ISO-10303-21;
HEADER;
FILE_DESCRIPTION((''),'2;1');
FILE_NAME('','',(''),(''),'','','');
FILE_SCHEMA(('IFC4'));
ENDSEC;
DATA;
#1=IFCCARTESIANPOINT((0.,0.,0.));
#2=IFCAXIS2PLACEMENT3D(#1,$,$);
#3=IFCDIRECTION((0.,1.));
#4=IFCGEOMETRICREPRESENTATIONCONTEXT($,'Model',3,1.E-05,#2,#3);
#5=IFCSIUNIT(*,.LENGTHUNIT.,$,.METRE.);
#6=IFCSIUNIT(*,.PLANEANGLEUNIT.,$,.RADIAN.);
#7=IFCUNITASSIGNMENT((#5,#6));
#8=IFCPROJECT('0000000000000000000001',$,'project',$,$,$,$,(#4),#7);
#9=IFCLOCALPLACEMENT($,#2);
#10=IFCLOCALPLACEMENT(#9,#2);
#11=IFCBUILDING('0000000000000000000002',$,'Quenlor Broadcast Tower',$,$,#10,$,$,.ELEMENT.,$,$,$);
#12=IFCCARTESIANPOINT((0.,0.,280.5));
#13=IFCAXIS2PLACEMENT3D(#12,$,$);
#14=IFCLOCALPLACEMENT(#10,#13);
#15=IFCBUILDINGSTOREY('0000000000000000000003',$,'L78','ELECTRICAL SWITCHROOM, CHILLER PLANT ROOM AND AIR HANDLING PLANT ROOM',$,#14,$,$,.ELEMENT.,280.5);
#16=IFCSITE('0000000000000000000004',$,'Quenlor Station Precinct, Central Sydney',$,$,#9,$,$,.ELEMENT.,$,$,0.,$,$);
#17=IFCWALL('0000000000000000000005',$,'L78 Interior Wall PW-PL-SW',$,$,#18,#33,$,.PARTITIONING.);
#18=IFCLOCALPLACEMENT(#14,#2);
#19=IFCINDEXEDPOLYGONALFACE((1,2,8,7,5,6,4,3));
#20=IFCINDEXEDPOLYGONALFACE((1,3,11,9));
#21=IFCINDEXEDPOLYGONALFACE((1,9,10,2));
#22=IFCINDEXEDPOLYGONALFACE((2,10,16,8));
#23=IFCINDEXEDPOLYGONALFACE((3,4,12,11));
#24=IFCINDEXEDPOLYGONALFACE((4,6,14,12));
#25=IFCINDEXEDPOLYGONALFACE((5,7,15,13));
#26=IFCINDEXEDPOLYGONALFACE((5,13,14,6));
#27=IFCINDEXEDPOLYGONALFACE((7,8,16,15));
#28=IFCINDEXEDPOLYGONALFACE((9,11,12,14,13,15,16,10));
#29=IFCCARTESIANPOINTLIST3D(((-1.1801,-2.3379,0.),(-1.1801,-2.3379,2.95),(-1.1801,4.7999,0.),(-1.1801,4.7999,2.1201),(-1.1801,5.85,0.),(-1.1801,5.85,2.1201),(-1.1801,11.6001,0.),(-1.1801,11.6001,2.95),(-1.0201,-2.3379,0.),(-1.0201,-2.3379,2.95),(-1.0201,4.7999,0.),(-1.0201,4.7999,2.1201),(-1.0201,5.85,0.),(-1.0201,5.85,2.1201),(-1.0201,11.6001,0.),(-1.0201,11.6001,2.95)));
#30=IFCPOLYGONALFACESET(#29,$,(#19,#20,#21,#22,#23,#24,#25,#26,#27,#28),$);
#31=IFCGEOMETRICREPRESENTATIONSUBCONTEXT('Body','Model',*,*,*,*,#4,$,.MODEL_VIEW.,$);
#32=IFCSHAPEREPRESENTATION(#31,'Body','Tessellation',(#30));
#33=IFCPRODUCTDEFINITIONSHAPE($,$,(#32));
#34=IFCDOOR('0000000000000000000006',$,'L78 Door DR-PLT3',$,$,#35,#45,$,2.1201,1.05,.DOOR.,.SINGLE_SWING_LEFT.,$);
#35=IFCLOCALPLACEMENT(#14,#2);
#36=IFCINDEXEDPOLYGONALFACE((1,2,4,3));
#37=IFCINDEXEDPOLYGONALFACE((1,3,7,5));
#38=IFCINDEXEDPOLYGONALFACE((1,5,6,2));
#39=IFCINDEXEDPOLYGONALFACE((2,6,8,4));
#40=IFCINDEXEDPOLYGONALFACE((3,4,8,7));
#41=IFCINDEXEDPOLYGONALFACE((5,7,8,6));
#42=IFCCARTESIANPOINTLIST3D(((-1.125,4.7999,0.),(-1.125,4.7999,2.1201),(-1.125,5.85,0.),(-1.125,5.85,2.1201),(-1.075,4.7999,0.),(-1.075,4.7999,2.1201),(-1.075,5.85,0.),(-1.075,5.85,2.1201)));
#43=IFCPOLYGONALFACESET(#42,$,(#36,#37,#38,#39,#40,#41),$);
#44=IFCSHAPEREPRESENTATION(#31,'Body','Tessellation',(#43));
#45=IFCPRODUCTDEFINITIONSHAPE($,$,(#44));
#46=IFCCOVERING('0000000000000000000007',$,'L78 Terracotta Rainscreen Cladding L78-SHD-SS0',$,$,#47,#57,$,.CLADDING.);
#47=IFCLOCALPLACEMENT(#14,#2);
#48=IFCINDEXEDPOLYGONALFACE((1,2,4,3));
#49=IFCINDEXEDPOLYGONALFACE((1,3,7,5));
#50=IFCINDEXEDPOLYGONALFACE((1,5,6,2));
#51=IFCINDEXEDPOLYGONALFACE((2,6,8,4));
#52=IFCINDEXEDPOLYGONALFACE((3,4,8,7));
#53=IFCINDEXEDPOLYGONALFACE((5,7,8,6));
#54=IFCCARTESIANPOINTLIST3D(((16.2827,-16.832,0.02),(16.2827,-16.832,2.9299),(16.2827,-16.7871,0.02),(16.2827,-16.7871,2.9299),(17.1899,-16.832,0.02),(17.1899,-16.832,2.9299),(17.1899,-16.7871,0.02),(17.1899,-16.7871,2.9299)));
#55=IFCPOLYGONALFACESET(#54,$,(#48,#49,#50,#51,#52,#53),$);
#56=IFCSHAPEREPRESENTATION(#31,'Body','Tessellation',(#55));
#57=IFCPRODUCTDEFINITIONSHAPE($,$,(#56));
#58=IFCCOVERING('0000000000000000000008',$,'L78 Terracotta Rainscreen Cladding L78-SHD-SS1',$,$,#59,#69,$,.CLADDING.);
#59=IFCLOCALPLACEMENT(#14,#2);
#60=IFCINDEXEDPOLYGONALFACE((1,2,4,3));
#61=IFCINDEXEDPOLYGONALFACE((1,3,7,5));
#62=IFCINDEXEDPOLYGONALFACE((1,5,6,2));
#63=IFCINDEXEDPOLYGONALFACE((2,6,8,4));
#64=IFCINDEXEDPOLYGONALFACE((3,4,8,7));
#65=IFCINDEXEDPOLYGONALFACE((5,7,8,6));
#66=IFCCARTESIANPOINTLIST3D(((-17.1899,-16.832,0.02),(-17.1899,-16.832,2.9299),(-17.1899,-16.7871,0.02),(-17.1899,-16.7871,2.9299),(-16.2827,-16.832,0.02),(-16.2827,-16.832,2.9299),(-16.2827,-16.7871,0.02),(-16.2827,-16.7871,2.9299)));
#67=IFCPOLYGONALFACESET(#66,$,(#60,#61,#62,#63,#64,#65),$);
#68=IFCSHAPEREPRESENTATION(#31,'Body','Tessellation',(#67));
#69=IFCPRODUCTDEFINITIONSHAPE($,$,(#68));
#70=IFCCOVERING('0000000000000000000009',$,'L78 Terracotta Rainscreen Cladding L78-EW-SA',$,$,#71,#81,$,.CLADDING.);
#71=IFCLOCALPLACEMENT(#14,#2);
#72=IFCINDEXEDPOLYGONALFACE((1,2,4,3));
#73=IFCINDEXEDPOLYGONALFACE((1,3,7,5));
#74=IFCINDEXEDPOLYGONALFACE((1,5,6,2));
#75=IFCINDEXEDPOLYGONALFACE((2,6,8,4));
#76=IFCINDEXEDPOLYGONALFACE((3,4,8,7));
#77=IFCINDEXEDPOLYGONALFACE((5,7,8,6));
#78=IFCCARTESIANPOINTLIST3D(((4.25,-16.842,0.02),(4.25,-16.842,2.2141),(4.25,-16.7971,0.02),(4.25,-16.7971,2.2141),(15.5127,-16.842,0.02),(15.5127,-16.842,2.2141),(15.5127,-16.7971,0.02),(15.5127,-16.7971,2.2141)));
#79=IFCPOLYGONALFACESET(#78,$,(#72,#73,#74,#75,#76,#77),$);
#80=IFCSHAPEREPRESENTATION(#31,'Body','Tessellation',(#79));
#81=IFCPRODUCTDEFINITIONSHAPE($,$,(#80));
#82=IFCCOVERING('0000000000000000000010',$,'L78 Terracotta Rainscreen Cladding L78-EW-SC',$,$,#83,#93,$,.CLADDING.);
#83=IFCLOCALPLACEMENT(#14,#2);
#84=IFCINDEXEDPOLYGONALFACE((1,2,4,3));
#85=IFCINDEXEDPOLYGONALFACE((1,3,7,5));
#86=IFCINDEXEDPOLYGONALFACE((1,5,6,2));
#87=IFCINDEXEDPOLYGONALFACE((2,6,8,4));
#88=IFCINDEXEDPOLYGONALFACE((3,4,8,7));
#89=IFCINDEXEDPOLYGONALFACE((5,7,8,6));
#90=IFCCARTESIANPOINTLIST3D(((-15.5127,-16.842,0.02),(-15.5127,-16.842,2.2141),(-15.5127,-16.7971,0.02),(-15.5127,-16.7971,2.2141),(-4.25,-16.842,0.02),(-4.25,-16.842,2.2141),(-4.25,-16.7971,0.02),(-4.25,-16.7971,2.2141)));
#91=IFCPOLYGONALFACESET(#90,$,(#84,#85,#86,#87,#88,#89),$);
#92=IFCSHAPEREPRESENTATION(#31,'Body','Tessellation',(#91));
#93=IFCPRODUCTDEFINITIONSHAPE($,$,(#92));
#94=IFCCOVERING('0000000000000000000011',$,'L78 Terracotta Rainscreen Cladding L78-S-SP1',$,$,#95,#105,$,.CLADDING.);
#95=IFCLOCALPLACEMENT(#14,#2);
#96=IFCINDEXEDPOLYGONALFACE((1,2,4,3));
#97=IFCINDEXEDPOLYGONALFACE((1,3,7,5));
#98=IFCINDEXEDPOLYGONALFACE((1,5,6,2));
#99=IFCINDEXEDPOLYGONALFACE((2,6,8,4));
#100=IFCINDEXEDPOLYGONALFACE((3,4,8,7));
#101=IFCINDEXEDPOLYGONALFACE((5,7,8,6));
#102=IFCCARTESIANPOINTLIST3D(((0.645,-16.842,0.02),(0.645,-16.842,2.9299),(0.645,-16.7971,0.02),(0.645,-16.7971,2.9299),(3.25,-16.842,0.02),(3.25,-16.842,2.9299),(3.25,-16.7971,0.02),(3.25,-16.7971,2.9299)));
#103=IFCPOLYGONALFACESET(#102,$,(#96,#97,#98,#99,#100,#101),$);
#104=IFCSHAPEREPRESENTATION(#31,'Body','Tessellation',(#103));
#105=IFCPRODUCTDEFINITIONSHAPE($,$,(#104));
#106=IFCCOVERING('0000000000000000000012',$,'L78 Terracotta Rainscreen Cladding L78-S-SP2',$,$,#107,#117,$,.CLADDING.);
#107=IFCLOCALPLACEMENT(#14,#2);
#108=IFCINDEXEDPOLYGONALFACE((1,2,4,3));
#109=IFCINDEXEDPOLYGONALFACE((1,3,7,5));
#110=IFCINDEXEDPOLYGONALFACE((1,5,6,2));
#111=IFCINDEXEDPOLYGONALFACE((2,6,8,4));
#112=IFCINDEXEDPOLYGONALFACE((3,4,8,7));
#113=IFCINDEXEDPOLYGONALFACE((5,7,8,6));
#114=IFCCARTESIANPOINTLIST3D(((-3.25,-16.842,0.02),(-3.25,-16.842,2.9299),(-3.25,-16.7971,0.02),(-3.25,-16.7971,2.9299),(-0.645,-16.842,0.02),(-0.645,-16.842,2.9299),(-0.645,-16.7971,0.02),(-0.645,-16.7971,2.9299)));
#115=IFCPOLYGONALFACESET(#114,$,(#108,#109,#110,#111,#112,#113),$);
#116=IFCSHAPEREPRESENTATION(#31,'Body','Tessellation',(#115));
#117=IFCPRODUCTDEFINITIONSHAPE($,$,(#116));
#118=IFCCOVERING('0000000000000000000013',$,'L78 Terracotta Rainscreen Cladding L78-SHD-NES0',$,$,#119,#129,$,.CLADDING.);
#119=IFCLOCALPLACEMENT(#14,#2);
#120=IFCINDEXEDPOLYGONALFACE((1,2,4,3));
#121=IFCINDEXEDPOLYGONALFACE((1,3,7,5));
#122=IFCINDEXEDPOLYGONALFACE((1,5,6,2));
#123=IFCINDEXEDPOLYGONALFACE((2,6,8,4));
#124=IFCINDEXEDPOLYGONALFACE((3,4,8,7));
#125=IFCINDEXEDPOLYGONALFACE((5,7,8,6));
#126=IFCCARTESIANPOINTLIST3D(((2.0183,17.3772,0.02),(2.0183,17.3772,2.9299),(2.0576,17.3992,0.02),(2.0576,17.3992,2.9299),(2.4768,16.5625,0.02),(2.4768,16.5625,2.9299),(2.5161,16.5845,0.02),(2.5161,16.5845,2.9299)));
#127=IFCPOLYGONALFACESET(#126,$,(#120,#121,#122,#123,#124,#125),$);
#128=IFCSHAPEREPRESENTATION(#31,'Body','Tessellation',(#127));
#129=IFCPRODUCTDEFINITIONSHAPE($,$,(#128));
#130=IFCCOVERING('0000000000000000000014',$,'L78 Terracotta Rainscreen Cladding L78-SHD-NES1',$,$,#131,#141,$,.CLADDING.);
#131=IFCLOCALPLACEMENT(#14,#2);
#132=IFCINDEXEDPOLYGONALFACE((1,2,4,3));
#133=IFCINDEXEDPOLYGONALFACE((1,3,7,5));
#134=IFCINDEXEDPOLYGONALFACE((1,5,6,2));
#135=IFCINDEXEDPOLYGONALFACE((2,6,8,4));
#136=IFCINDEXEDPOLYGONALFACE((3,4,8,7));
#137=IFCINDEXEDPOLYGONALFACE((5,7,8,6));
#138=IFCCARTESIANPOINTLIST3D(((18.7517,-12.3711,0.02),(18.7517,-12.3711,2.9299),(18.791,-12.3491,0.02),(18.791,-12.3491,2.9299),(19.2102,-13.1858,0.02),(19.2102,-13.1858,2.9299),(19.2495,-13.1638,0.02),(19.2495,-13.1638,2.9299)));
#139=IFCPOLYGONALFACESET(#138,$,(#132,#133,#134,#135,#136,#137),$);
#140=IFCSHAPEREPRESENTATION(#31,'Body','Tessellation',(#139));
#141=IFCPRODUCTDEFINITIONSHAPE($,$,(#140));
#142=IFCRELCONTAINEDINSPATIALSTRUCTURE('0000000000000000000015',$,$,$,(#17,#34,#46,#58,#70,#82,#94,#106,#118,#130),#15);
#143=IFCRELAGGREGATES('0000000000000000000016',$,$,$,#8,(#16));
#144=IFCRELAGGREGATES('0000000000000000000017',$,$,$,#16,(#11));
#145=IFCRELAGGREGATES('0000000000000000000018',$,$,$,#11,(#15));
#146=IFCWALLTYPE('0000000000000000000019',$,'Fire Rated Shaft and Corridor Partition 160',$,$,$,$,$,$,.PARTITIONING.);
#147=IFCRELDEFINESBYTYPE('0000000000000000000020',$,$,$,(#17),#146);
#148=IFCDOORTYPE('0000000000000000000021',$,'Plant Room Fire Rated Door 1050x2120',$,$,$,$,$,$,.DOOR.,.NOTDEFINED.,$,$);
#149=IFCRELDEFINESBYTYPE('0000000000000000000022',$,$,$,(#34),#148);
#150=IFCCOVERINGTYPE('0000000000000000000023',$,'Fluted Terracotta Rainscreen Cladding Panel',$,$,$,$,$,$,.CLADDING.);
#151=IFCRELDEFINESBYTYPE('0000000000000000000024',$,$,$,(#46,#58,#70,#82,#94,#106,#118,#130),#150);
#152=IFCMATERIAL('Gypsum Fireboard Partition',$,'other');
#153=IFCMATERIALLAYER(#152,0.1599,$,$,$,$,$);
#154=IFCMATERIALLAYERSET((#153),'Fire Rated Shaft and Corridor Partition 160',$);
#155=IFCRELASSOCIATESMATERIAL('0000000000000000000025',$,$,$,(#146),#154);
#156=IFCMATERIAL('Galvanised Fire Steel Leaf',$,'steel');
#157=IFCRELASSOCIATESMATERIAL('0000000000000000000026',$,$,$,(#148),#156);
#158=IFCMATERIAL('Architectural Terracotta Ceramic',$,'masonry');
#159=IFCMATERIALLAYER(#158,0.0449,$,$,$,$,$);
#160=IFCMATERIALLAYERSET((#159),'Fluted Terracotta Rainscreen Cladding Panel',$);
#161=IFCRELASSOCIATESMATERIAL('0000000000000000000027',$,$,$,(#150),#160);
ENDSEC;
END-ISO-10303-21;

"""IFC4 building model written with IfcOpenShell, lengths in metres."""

from ifc_helpers import new_model, si_unit, direction, frame, frame_2d, origin, place, context, subcontext, project, spatial, polyline, rectangle, outline, extrude, material, layer, layer_set, type_object, element, fill, save


model = new_model("IFC4")

# Units and contexts
model_context = context("Model", 3, precision=1e-05, world=origin(), true_north=direction((0.0, 1.0)))
body_context = subcontext(model_context, "Body", "Model", "MODEL_VIEW")
ifc_project = project(units=[si_unit("LENGTHUNIT", "METRE"), si_unit("PLANEANGLEUNIT", "RADIAN")], contexts=[model_context])

# Site, building, storey
site_placement = place(None, origin())
site = spatial("IfcSite", under=ifc_project, at=site_placement, Name="Quenlor Station Precinct, Central Sydney", CompositionType="ELEMENT", RefElevation=0.0)
building_placement = place(site_placement, origin())
building = spatial("IfcBuilding", under=site, at=building_placement, Name="Quenlor Broadcast Tower", CompositionType="ELEMENT")
storey_placement = place(building_placement, frame((0.0, 0.0, 280.5)))
storey = spatial("IfcBuildingStorey", under=building, at=storey_placement, Name="L78", Description="ELECTRICAL SWITCHROOM, CHILLER PLANT ROOM AND AIR HANDLING PLANT ROOM", CompositionType="ELEMENT", Elevation=280.5)

# Shared definitions
ifc_material_1 = material(Name="Gypsum Fireboard Partition", Category="other")
ifc_layer_1 = layer(ifc_material_1, 0.1599)
ifc_layer_set_1 = layer_set([ifc_layer_1], Name="Fire Rated Shaft and Corridor Partition 160")
wall_type_1 = type_object("IfcWallType", Name="Fire Rated Shaft and Corridor Partition 160", PredefinedType="PARTITIONING", material=ifc_layer_set_1)

# Wall, opening, door
wall_1_placement = place(storey_placement, frame((-1.1001, -2.3379, 0.0), z_axis=(0.0, 0.0, 1.0), x_axis=(0.0, 1.0, 0.0)))
wall_1 = element("IfcWall", 1, at=wall_1_placement, inside=storey, type_object=wall_type_1, Name="L78 Interior Wall PW-PL-SW", PredefinedType="PARTITIONING", context=body_context, shape_type="SweptSolid", body=[
    extrude(rectangle(XDim=13.938, YDim=0.1599, at=frame_2d((6.969, 0.0))), origin(), (0.0, 0.0, 1.0), 2.95),
])
opening_placement = place(wall_1_placement, frame((7.1379, 0.0, 0.0)))
opening = element("IfcOpeningElement", 2, at=opening_placement, cuts=wall_1, PredefinedType="OPENING", context=body_context, shape_type="SweptSolid", body=[
    extrude(rectangle(XDim=1.05, YDim=2.1201, at=frame_2d((0.5249, 1.0601))), frame((0.0, 0.0898, 0.0), z_axis=(0.0, -1.0, 0.0), x_axis=(1.0, 0.0, 0.0)), (0.0, 0.0, 1.0), 0.1799),
])
ifc_material_2 = material(Name="Galvanised Fire Steel Leaf", Category="steel")
door_type = type_object("IfcDoorType", Name="Plant Room Fire Rated Door 1050x2120", OperationType="NOTDEFINED", PredefinedType="DOOR", material=ifc_material_2)
door_placement = place(opening_placement, origin())
door = element("IfcDoor", 3, at=door_placement, inside=storey, type_object=door_type, Name="L78 Door DR-PLT3", OperationType="SINGLE_SWING_LEFT", OverallHeight=2.1201, OverallWidth=1.05, PredefinedType="DOOR", context=body_context, shape_type="SweptSolid", body=[
    extrude(rectangle(XDim=1.05, YDim=2.1201, at=frame_2d((0.5249, 1.0601))), frame((0.0, 0.0249, 0.0), z_axis=(0.0, -1.0, 0.0), x_axis=(1.0, 0.0, 0.0)), (0.0, 0.0, 1.0), 0.05),
])
fill(opening, door)

# Coverings
ifc_material_3 = material(Name="Architectural Terracotta Ceramic", Category="masonry")
ifc_layer_2 = layer(ifc_material_3, 0.0449)
ifc_layer_set_2 = layer_set([ifc_layer_2], Name="Fluted Terracotta Rainscreen Cladding Panel")
covering_type = type_object("IfcCoveringType", Name="Fluted Terracotta Rainscreen Cladding Panel", PredefinedType="CLADDING", material=ifc_layer_set_2)
covering_1_placement = place(storey_placement, frame((0.0, 0.0, 0.02)))
element("IfcCovering", 4, at=covering_1_placement, inside=storey, type_object=covering_type, Name="L78 Terracotta Rainscreen Cladding L78-SHD-SS0", PredefinedType="CLADDING", context=body_context, shape_type="SweptSolid", body=[
    extrude(outline(polyline([(17.1899, -16.7871), (16.2827, -16.7871), (16.2827, -16.832), (17.1899, -16.832), (17.1899, -16.7871)])), origin(), (0.0, 0.0, 1.0), 2.9099),
])
covering_2_placement = place(storey_placement, frame((0.0, 0.0, 0.02)))
element("IfcCovering", 5, at=covering_2_placement, inside=storey, type_object=covering_type, Name="L78 Terracotta Rainscreen Cladding L78-SHD-SS1", PredefinedType="CLADDING", context=body_context, shape_type="SweptSolid", body=[
    extrude(outline(polyline([(-16.2827, -16.7871), (-17.1899, -16.7871), (-17.1899, -16.832), (-16.2827, -16.832), (-16.2827, -16.7871)])), origin(), (0.0, 0.0, 1.0), 2.9099),
])
covering_3_placement = place(storey_placement, frame((0.0, 0.0, 0.02)))
element("IfcCovering", 6, at=covering_3_placement, inside=storey, type_object=covering_type, Name="L78 Terracotta Rainscreen Cladding L78-EW-SA", PredefinedType="CLADDING", context=body_context, shape_type="SweptSolid", body=[
    extrude(outline(polyline([(15.5127, -16.7971), (4.25, -16.7971), (4.25, -16.842), (15.5127, -16.842), (15.5127, -16.7971)])), origin(), (0.0, 0.0, 1.0), 2.1941),
])
covering_4_placement = place(storey_placement, frame((0.0, 0.0, 0.02)))
element("IfcCovering", 7, at=covering_4_placement, inside=storey, type_object=covering_type, Name="L78 Terracotta Rainscreen Cladding L78-EW-SC", PredefinedType="CLADDING", context=body_context, shape_type="SweptSolid", body=[
    extrude(outline(polyline([(-4.25, -16.7971), (-15.5127, -16.7971), (-15.5127, -16.842), (-4.25, -16.842), (-4.25, -16.7971)])), origin(), (0.0, 0.0, 1.0), 2.1941),
])
covering_5_placement = place(storey_placement, frame((0.0, 0.0, 0.02)))
element("IfcCovering", 8, at=covering_5_placement, inside=storey, type_object=covering_type, Name="L78 Terracotta Rainscreen Cladding L78-S-SP1", PredefinedType="CLADDING", context=body_context, shape_type="SweptSolid", body=[
    extrude(outline(polyline([(3.25, -16.7971), (0.645, -16.7971), (0.645, -16.842), (3.25, -16.842), (3.25, -16.7971)])), origin(), (0.0, 0.0, 1.0), 2.9099),
])
covering_6_placement = place(storey_placement, frame((0.0, 0.0, 0.02)))
element("IfcCovering", 9, at=covering_6_placement, inside=storey, type_object=covering_type, Name="L78 Terracotta Rainscreen Cladding L78-S-SP2", PredefinedType="CLADDING", context=body_context, shape_type="SweptSolid", body=[
    extrude(outline(polyline([(-0.645, -16.7971), (-3.25, -16.7971), (-3.25, -16.842), (-0.645, -16.842), (-0.645, -16.7971)])), origin(), (0.0, 0.0, 1.0), 2.9099),
])
covering_7_placement = place(storey_placement, frame((0.0, 0.0, 0.02)))
element("IfcCovering", 10, at=covering_7_placement, inside=storey, type_object=covering_type, Name="L78 Terracotta Rainscreen Cladding L78-SHD-NES0", PredefinedType="CLADDING", context=body_context, shape_type="SweptSolid", body=[
    extrude(outline(polyline([(2.0183, 17.3772), (2.4768, 16.5625), (2.5161, 16.5845), (2.0576, 17.3992), (2.0183, 17.3772)])), origin(), (0.0, 0.0, 1.0), 2.9099),
])
covering_8_placement = place(storey_placement, frame((0.0, 0.0, 0.02)))
element("IfcCovering", 11, at=covering_8_placement, inside=storey, type_object=covering_type, Name="L78 Terracotta Rainscreen Cladding L78-SHD-NES1", PredefinedType="CLADDING", context=body_context, shape_type="SweptSolid", body=[
    extrude(outline(polyline([(18.7517, -12.3711), (19.2102, -13.1858), (19.2495, -13.1638), (18.791, -12.3491), (18.7517, -12.3711)])), origin(), (0.0, 0.0, 1.0), 2.9099),
])

save(model, "model.ifc")
